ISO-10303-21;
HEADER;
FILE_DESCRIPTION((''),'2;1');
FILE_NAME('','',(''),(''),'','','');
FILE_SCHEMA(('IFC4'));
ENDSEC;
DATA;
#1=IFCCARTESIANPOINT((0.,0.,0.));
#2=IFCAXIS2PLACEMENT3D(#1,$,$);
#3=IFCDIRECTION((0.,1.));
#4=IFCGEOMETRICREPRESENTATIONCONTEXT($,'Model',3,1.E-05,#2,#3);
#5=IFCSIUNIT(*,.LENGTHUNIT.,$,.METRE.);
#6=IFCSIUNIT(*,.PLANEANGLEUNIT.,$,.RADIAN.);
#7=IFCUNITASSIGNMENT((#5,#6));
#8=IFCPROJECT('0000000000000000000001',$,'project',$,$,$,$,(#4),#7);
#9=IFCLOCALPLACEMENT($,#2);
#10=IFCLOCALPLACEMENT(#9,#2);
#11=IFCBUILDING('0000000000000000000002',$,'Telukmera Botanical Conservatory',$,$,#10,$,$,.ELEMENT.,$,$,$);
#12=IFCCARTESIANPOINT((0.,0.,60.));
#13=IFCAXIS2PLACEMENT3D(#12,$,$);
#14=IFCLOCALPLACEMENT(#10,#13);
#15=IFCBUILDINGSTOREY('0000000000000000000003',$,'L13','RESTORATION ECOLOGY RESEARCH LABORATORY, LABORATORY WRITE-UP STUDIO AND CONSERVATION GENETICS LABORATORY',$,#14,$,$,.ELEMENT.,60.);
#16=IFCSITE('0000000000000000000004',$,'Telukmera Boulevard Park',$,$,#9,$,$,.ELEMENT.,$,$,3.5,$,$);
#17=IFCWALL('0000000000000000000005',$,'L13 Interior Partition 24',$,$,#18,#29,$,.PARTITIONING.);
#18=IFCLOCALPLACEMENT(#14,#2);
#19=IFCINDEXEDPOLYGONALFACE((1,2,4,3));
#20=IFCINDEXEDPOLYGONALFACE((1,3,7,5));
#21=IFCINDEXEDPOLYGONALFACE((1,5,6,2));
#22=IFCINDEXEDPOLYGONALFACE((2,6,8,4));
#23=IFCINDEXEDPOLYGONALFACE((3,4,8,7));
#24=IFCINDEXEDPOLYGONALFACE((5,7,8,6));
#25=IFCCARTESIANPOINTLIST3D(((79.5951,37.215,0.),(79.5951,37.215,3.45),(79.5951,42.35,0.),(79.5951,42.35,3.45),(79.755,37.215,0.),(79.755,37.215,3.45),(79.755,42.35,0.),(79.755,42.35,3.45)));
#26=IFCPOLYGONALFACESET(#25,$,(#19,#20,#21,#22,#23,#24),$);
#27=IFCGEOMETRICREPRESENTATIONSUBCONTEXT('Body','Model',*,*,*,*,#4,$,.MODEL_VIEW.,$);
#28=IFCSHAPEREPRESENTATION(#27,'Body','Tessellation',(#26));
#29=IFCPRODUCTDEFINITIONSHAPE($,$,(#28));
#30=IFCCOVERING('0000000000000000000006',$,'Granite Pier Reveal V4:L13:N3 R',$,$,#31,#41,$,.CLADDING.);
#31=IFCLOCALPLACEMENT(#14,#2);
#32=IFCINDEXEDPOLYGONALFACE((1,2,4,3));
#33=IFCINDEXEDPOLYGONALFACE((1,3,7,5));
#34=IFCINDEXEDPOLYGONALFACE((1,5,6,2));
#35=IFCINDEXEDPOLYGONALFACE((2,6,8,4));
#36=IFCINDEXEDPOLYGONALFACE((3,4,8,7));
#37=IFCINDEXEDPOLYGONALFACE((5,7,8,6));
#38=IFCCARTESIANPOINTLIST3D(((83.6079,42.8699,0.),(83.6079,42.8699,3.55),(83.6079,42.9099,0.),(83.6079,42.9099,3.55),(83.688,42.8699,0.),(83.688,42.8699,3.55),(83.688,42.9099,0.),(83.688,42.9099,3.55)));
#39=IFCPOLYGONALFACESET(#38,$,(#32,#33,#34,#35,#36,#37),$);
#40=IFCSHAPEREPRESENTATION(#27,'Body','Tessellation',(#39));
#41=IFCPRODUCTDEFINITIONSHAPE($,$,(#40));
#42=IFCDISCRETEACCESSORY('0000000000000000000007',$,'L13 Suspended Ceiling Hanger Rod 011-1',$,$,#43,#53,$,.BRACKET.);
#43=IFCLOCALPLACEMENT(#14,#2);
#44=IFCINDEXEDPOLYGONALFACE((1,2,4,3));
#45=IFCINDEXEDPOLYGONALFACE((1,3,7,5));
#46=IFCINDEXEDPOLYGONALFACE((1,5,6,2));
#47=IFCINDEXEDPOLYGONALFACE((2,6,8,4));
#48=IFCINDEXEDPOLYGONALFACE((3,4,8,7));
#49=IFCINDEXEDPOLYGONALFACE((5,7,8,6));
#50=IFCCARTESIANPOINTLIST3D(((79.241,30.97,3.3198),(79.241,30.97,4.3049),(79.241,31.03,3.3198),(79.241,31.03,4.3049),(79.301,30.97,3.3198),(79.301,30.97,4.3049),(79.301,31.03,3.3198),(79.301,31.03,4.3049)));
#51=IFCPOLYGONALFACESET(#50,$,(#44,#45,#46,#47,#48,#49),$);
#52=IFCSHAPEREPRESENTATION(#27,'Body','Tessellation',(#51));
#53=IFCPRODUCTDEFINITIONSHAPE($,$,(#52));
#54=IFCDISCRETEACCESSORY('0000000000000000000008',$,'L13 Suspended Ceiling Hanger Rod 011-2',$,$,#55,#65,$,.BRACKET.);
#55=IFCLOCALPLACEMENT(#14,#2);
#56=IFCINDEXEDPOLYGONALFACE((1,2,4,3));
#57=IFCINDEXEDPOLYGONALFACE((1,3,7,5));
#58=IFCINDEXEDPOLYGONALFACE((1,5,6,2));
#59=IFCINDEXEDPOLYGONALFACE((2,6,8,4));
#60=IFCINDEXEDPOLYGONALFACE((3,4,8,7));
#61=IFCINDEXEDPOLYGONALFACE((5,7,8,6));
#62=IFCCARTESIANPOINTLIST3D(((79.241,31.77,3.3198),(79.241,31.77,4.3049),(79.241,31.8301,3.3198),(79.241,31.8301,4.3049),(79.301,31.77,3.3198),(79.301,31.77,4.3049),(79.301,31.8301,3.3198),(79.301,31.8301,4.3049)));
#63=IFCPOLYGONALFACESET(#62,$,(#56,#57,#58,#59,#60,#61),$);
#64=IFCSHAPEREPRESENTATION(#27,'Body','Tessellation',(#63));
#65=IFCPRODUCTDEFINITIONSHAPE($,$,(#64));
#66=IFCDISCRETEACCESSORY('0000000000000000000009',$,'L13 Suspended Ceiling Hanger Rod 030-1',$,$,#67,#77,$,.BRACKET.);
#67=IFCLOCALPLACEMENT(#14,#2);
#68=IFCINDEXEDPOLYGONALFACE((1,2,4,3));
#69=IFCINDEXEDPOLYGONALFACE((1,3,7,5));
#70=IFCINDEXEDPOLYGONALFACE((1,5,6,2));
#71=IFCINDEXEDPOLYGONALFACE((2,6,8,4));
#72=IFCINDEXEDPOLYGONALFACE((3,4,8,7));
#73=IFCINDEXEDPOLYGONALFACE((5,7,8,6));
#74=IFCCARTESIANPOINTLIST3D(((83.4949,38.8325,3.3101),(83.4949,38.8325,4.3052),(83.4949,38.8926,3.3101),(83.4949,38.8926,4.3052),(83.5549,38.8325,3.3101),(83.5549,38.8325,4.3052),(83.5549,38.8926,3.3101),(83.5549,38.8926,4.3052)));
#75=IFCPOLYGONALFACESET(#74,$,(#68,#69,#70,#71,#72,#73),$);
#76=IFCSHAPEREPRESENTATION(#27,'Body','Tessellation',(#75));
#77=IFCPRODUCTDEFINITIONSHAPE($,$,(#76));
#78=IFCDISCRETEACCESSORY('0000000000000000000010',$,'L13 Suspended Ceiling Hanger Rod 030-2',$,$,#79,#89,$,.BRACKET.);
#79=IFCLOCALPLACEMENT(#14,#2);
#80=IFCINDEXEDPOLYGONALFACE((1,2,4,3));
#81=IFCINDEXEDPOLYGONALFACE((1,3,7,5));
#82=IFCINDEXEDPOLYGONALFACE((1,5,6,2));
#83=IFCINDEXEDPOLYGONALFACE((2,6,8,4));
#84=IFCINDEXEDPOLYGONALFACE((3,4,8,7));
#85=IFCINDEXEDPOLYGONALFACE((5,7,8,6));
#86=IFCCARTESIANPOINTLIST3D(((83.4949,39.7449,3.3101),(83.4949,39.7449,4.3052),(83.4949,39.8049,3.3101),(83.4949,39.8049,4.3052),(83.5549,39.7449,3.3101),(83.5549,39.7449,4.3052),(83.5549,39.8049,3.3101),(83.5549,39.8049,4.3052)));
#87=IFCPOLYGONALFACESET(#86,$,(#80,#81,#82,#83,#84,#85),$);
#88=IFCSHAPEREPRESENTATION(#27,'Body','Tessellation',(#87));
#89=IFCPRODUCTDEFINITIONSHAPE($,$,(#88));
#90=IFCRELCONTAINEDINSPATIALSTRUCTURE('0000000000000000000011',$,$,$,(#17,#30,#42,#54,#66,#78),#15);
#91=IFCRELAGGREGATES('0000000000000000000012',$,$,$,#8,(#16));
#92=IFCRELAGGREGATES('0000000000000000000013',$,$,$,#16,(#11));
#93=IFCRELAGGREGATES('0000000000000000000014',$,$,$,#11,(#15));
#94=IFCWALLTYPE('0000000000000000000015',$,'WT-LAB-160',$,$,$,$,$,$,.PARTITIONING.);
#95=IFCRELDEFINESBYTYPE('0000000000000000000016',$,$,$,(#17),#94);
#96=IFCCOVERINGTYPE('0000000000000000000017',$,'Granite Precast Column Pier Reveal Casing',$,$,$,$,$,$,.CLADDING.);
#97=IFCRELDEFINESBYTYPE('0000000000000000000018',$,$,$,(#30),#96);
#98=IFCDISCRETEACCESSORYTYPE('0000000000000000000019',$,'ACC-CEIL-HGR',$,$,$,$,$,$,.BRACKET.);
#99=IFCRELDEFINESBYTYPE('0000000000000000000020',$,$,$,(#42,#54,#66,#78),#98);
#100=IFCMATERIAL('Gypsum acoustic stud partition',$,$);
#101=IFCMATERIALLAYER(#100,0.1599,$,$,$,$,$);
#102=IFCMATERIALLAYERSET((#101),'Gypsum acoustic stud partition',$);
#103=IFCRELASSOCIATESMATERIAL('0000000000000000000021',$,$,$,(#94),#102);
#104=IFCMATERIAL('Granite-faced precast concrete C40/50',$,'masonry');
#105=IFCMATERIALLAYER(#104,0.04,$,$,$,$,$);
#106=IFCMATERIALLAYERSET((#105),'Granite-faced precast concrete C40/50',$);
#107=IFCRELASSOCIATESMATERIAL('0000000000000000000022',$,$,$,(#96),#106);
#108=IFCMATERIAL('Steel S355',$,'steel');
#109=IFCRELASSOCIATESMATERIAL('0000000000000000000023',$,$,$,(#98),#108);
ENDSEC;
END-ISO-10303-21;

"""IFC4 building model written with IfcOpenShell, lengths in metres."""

from ifc_helpers import new_model, si_unit, direction, frame, frame_2d, origin, origin_2d, place, context, subcontext, project, spatial, rectangle, extrude, material, layer, layer_set, type_object, element, save


model = new_model("IFC4")

# Units and contexts
model_context = context("Model", 3, precision=1e-05, world=origin(), true_north=direction((0.0, 1.0)))
body_context = subcontext(model_context, "Body", "Model", "MODEL_VIEW")
ifc_project = project(units=[si_unit("LENGTHUNIT", "METRE"), si_unit("PLANEANGLEUNIT", "RADIAN")], contexts=[model_context])

# Site, building, storey
site_placement = place(None, origin())
site = spatial("IfcSite", under=ifc_project, at=site_placement, Name="Telukmera Boulevard Park", CompositionType="ELEMENT", RefElevation=3.5)
building_placement = place(site_placement, origin())
building = spatial("IfcBuilding", under=site, at=building_placement, Name="Telukmera Botanical Conservatory", CompositionType="ELEMENT")
storey_placement = place(building_placement, frame((0.0, 0.0, 60.0)))
storey = spatial("IfcBuildingStorey", under=building, at=storey_placement, Name="L13", Description="RESTORATION ECOLOGY RESEARCH LABORATORY, LABORATORY WRITE-UP STUDIO AND CONSERVATION GENETICS LABORATORY", CompositionType="ELEMENT", Elevation=60.0)

# Shared definitions
ifc_material_1 = material(Name="Gypsum acoustic stud partition")
ifc_layer_1 = layer(ifc_material_1, 0.1599)
ifc_layer_set_1 = layer_set([ifc_layer_1], Name="Gypsum acoustic stud partition")
wall_type = type_object("IfcWallType", Name="WT-LAB-160", PredefinedType="PARTITIONING", material=ifc_layer_set_1)

# Wall
wall_1_placement = place(storey_placement, frame((79.675, 37.2151, 0.0), z_axis=(0.0, 0.0, 1.0), x_axis=(0.0, 1.0, 0.0)))
element("IfcWall", 1, at=wall_1_placement, inside=storey, type_object=wall_type, Name="L13 Interior Partition 24", PredefinedType="PARTITIONING", context=body_context, shape_type="SweptSolid", body=[
    extrude(rectangle(XDim=5.135, YDim=0.1599, at=frame_2d((2.5674, 0.0))), origin(), (0.0, 0.0, 1.0), 3.45),
])

# Covering
ifc_material_2 = material(Name="Granite-faced precast concrete C40/50", Category="masonry")
ifc_layer_2 = layer(ifc_material_2, 0.04)
ifc_layer_set_2 = layer_set([ifc_layer_2], Name="Granite-faced precast concrete C40/50")
covering_type = type_object("IfcCoveringType", Name="Granite Precast Column Pier Reveal Casing", PredefinedType="CLADDING", material=ifc_layer_set_2)
covering_placement = place(storey_placement, frame((83.6479, 42.8899, 0.0), z_axis=(0.0, 0.0, 1.0), x_axis=(1.0, 0.0, 0.0)))
element("IfcCovering", 2, at=covering_placement, inside=storey, type_object=covering_type, Name="Granite Pier Reveal V4:L13:N3 R", PredefinedType="CLADDING", context=body_context, shape_type="SweptSolid", body=[
    extrude(rectangle(XDim=0.0801, YDim=0.04, at=origin_2d()), origin(), (0.0, 0.0, 1.0), 3.55),
])

# Discrete accessories
ifc_material_3 = material(Name="Steel S355", Category="steel")
discrete_accessory_type = type_object("IfcDiscreteAccessoryType", Name="ACC-CEIL-HGR", PredefinedType="BRACKET", material=ifc_material_3)
for number, where, z_axis, x_axis, name in (
    (3, (79.271, 31.0, 3.3198), (0.0, 0.0, 1.0), (1.0, 0.0, 0.0), "L13 Suspended Ceiling Hanger Rod 011-1"),
    (4, (79.271, 31.8, 3.3198), (0.0, 0.0, 1.0), (1.0, 0.0, 0.0), "L13 Suspended Ceiling Hanger Rod 011-2"),
):
    element("IfcDiscreteAccessory", number, at=place(storey_placement, frame(where, z_axis=z_axis, x_axis=x_axis)), inside=storey, type_object=discrete_accessory_type, Name=name, PredefinedType="BRACKET", context=body_context, shape_type="SweptSolid", body=[
        extrude(rectangle(XDim=0.0601, YDim=0.0601, at=origin_2d()), origin(), (0.0, 0.0, 1.0), 0.9851),
    ])
for number, where, z_axis, x_axis, name in (
    (5, (83.5249, 38.8625, 3.3101), (0.0, 0.0, 1.0), (1.0, 0.0, 0.0), "L13 Suspended Ceiling Hanger Rod 030-1"),
    (6, (83.5249, 39.7749, 3.3101), (0.0, 0.0, 1.0), (1.0, 0.0, 0.0), "L13 Suspended Ceiling Hanger Rod 030-2"),
):
    element("IfcDiscreteAccessory", number, at=place(storey_placement, frame(where, z_axis=z_axis, x_axis=x_axis)), inside=storey, type_object=discrete_accessory_type, Name=name, PredefinedType="BRACKET", context=body_context, shape_type="SweptSolid", body=[
        extrude(rectangle(XDim=0.0601, YDim=0.0601, at=origin_2d()), origin(), (0.0, 0.0, 1.0), 0.9951),
    ])

save(model, "model.ifc")
